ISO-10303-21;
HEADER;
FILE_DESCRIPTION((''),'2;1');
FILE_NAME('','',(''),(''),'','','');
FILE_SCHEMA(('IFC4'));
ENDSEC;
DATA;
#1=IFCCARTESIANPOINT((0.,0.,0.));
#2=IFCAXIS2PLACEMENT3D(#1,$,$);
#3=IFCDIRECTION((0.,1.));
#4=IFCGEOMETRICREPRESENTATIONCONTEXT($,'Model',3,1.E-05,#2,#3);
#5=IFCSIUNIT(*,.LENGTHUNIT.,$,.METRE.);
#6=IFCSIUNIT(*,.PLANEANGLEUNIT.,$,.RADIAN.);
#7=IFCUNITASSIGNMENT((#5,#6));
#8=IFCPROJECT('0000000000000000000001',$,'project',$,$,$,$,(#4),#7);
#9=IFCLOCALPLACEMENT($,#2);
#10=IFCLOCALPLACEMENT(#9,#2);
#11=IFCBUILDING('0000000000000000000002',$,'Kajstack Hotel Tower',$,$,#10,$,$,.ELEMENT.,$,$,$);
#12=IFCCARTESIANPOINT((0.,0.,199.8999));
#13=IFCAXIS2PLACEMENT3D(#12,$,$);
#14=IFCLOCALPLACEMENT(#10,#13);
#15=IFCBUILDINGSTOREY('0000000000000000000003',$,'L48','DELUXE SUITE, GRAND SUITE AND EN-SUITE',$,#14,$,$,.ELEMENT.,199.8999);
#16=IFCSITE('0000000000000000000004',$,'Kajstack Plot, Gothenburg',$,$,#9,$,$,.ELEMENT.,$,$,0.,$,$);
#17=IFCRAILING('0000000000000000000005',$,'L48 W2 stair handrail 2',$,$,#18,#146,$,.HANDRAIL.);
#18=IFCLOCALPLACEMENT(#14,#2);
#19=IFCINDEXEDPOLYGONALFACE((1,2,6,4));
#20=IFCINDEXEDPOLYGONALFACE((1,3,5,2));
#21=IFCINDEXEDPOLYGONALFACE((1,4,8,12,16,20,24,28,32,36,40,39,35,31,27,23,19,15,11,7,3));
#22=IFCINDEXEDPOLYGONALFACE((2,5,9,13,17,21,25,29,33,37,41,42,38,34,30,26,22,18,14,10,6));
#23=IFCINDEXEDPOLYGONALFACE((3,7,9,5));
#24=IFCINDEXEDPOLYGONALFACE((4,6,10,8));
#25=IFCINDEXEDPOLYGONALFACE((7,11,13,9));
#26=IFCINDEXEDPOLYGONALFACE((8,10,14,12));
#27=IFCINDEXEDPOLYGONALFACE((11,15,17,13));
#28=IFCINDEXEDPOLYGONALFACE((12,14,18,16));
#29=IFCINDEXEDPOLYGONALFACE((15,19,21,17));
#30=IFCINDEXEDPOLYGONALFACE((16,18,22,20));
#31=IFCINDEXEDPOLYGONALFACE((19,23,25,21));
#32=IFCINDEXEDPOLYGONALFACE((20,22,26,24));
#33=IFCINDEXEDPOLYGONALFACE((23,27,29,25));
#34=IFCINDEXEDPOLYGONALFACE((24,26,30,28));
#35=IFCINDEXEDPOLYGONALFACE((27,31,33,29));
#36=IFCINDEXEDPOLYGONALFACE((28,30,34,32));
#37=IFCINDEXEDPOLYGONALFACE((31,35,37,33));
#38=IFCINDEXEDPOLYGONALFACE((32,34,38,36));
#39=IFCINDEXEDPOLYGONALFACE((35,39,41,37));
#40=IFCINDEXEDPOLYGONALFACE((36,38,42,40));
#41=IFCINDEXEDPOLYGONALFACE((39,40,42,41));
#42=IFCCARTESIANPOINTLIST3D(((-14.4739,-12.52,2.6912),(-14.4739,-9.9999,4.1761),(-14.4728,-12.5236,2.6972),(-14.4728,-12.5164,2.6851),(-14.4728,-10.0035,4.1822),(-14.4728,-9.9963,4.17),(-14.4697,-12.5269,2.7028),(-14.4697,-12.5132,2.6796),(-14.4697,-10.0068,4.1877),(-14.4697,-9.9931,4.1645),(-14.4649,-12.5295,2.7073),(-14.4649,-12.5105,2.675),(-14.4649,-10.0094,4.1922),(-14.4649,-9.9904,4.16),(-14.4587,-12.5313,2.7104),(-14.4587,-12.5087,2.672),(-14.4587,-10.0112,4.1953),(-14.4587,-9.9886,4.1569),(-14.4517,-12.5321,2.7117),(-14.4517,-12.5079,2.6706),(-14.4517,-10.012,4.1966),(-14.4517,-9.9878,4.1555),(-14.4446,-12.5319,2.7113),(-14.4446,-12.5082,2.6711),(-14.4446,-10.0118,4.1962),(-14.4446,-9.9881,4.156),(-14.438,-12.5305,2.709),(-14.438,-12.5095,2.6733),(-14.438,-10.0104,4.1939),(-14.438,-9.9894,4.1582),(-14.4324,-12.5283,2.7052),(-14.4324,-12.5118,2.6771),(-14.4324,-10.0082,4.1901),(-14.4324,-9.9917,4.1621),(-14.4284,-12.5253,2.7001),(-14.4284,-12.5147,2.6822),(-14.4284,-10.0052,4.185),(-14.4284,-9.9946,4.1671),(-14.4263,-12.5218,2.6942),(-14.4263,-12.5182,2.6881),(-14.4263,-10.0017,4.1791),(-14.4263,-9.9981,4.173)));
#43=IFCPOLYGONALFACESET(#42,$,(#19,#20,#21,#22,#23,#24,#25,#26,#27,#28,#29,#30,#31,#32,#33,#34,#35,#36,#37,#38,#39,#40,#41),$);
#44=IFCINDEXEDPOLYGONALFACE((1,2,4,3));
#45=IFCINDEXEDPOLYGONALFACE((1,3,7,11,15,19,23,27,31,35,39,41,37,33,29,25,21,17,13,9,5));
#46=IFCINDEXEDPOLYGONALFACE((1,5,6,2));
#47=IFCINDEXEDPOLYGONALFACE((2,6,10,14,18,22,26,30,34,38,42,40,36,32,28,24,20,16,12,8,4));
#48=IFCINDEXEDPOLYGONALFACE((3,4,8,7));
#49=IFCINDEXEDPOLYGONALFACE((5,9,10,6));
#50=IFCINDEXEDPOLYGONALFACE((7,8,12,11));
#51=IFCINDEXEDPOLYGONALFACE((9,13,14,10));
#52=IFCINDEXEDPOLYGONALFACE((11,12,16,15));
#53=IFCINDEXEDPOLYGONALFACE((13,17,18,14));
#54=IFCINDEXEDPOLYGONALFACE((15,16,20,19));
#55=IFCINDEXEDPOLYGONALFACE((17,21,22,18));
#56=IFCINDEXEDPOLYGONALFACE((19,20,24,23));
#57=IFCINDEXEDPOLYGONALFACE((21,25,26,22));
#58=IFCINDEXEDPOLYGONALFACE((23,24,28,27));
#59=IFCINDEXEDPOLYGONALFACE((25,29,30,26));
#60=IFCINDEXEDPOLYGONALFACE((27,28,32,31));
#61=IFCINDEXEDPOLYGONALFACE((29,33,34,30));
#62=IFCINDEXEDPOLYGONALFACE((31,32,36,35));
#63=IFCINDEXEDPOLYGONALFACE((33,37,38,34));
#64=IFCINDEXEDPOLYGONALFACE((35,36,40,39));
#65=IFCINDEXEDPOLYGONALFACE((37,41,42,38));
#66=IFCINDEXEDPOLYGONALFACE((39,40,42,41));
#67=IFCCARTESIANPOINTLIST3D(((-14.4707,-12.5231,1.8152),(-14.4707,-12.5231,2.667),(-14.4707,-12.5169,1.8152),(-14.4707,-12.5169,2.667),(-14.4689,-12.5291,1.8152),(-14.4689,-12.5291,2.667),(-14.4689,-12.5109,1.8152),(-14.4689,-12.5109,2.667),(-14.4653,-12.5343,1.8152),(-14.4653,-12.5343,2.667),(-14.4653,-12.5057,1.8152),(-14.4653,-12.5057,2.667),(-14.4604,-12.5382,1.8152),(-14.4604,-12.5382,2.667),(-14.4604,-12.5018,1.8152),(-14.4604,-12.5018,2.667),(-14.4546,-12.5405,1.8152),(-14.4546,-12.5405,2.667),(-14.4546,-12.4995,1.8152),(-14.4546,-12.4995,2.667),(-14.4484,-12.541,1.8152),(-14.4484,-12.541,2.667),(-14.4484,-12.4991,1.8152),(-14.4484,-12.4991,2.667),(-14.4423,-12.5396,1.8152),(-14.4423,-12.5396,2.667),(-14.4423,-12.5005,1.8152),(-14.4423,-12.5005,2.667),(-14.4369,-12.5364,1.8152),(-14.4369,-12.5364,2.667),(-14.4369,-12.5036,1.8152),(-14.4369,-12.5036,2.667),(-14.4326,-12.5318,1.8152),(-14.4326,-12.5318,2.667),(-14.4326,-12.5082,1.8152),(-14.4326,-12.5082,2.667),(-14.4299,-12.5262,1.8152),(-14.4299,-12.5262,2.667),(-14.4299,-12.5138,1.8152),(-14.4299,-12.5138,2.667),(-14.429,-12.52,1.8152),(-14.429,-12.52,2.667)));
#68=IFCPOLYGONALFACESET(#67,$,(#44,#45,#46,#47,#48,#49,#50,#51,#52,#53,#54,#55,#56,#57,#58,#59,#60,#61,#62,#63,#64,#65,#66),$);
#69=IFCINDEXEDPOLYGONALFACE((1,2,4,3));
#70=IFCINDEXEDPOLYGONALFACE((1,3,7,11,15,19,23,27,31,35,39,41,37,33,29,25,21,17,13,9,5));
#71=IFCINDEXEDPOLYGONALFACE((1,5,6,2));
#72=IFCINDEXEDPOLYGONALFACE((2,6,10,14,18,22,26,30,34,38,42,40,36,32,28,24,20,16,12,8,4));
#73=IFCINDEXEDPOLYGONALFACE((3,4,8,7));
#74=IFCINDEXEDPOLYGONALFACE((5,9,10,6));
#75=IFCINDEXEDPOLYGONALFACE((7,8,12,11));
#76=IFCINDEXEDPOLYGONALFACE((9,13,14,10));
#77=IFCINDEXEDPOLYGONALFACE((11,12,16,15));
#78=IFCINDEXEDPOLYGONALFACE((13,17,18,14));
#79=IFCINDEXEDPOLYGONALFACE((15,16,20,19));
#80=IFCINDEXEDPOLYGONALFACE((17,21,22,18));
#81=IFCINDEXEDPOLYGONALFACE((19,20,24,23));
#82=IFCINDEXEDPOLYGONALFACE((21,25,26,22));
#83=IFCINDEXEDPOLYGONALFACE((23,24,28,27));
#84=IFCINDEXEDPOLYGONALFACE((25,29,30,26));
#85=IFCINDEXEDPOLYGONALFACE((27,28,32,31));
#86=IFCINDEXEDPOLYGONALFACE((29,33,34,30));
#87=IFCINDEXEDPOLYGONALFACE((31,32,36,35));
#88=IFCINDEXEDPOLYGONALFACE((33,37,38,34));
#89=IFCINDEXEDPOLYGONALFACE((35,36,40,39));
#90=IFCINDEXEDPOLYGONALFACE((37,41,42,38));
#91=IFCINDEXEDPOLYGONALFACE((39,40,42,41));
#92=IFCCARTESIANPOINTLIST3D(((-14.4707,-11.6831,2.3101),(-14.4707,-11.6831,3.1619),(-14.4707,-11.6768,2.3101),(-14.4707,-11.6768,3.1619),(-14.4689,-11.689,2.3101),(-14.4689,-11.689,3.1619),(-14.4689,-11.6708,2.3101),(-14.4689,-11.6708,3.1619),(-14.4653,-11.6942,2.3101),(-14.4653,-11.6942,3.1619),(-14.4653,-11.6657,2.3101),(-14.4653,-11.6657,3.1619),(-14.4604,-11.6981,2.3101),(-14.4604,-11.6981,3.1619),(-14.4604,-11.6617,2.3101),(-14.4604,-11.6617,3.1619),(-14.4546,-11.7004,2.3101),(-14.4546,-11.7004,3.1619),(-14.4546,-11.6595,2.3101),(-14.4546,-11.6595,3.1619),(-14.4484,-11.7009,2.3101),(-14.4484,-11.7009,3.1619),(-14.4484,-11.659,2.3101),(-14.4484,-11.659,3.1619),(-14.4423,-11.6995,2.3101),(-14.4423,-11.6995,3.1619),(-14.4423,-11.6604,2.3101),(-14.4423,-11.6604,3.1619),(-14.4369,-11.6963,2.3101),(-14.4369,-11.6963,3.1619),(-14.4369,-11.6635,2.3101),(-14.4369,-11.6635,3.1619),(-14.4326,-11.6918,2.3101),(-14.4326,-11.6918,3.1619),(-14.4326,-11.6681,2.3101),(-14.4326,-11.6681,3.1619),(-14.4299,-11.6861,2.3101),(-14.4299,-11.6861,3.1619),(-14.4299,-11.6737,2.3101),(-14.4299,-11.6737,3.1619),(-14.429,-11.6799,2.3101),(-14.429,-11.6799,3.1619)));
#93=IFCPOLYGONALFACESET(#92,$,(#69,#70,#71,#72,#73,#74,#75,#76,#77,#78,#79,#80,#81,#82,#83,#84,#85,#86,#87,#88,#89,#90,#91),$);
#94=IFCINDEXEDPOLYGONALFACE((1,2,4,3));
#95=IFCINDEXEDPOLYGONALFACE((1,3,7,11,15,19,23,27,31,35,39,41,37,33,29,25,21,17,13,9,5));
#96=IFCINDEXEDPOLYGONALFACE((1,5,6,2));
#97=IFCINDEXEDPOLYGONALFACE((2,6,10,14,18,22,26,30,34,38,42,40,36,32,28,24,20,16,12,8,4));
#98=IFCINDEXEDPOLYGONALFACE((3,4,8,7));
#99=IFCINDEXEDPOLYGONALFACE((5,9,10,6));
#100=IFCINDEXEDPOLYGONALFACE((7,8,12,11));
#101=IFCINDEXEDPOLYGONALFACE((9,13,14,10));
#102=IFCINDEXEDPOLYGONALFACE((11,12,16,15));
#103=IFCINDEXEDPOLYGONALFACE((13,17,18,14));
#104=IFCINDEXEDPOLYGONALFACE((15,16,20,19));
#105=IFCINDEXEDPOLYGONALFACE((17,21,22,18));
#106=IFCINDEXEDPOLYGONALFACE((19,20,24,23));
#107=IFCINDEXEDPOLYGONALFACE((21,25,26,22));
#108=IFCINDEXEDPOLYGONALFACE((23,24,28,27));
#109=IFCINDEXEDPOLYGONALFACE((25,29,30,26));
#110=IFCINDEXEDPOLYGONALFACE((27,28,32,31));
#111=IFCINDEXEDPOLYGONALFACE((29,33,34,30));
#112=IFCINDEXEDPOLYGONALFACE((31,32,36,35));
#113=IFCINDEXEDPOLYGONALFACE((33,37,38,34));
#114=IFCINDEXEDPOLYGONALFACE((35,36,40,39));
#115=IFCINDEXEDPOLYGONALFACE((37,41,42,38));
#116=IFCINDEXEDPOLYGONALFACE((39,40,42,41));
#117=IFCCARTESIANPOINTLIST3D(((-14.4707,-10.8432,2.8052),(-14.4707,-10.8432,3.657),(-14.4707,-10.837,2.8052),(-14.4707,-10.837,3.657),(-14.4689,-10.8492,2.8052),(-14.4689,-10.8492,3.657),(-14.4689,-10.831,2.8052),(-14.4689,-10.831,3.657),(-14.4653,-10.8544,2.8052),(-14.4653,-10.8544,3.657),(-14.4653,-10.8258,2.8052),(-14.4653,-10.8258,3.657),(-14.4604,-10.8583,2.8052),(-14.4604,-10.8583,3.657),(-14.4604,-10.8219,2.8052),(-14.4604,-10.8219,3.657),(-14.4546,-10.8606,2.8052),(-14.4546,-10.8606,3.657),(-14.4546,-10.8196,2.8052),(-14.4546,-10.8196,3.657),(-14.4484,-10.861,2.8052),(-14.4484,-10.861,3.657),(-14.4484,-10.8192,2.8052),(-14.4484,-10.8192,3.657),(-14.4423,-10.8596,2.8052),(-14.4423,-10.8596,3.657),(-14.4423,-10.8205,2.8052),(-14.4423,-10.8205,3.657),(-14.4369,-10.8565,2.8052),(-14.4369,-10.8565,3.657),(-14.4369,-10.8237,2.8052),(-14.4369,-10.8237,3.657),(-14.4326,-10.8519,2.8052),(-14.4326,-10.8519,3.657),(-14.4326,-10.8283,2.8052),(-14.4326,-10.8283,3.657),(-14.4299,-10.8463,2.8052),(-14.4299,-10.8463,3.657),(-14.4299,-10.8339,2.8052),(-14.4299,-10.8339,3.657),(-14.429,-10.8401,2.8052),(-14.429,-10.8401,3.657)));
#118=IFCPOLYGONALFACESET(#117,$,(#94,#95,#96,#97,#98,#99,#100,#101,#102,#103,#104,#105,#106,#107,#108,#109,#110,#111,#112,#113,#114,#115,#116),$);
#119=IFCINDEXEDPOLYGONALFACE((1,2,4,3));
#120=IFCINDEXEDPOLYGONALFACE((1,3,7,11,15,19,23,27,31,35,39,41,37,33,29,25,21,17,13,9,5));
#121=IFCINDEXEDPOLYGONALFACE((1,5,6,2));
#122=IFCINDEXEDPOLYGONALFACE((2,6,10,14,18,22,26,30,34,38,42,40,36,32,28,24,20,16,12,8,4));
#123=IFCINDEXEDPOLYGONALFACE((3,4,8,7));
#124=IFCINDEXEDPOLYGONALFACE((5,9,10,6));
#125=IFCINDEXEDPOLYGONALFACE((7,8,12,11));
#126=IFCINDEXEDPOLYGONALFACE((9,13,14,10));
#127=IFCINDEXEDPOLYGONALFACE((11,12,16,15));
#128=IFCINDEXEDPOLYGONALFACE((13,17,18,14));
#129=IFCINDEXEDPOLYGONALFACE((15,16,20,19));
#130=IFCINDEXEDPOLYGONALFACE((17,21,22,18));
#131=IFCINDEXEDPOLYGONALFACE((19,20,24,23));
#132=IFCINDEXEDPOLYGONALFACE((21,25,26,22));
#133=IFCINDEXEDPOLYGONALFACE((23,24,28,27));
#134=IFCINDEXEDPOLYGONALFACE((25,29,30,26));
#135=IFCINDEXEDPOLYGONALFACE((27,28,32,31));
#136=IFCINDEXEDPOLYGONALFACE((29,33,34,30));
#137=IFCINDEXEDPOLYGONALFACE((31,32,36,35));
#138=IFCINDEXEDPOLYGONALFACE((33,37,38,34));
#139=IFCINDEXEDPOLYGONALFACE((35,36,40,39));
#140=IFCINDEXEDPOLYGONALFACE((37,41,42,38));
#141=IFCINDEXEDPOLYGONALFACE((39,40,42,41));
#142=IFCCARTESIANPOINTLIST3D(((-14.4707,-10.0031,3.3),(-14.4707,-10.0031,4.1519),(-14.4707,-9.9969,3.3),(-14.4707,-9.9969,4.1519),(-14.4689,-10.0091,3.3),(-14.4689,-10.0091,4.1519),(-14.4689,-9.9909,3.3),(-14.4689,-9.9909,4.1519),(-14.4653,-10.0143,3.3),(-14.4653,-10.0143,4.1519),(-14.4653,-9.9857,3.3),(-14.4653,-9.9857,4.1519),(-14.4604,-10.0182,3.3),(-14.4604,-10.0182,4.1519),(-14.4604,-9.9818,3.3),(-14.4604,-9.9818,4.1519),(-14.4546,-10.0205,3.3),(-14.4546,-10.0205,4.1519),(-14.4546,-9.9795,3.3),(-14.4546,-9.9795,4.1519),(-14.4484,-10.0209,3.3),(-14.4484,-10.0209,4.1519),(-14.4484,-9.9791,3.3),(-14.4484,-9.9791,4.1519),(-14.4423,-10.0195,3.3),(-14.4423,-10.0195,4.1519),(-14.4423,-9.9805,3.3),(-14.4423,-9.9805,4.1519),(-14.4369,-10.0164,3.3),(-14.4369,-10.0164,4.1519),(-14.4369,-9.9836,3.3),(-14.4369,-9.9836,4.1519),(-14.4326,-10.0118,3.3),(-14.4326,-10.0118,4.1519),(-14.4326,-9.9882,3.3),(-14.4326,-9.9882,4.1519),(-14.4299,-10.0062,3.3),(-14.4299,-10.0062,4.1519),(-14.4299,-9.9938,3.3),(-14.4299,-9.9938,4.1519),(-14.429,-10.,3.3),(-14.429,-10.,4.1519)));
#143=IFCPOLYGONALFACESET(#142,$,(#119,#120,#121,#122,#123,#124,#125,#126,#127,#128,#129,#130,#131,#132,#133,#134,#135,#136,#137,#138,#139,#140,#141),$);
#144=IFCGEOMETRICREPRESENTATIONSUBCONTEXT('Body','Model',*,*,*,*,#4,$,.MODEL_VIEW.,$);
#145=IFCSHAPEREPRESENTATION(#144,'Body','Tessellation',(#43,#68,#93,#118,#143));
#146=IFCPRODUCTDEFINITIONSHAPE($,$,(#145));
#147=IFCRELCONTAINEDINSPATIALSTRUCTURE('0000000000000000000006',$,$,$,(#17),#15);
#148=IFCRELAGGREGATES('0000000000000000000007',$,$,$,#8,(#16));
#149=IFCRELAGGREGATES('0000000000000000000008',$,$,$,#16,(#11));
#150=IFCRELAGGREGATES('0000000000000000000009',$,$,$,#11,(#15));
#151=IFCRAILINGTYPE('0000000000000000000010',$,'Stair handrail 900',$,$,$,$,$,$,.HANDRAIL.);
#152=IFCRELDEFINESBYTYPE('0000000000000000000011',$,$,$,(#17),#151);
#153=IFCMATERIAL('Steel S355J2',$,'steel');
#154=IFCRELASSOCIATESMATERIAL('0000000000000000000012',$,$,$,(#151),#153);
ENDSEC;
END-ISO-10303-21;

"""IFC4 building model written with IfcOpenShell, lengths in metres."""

from ifc_helpers import new_model, si_unit, direction, frame, origin, origin_2d, place, context, subcontext, project, spatial, circle, extrude, material, type_object, element, save


model = new_model("IFC4")

# Units and contexts
model_context = context("Model", 3, precision=1e-05, world=origin(), true_north=direction((0.0, 1.0)))
body_context = subcontext(model_context, "Body", "Model", "MODEL_VIEW")
ifc_project = project(units=[si_unit("LENGTHUNIT", "METRE"), si_unit("PLANEANGLEUNIT", "RADIAN")], contexts=[model_context])

# Site, building, storey
site_placement = place(None, origin())
site = spatial("IfcSite", under=ifc_project, at=site_placement, Name="Kajstack Plot, Gothenburg", CompositionType="ELEMENT", RefElevation=0.0)
building_placement = place(site_placement, origin())
building = spatial("IfcBuilding", under=site, at=building_placement, Name="Kajstack Hotel Tower", CompositionType="ELEMENT")
storey_placement = place(building_placement, frame((0.0, 0.0, 199.8999)))
storey = spatial("IfcBuildingStorey", under=building, at=storey_placement, Name="L48", Description="DELUXE SUITE, GRAND SUITE AND EN-SUITE", CompositionType="ELEMENT", Elevation=199.8999)

# Railing
ifc_material_1 = material(Name="Steel S355J2", Category="steel")
railing_type = type_object("IfcRailingType", Name="Stair handrail 900", PredefinedType="HANDRAIL", material=ifc_material_1)
railing_placement = place(storey_placement, frame((-14.45, -12.52, 1.8152)))
element("IfcRailing", 1, at=railing_placement, inside=storey, type_object=railing_type, Name="L48 W2 stair handrail 2", PredefinedType="HANDRAIL", context=body_context, shape_type="SweptSolid", body=[
    extrude(circle(Radius=0.0239, at=origin_2d()), frame((0.0, 0.0, 0.876), z_axis=(0.0, 0.861561, 0.507655), x_axis=(-1.0, 0.0, 0.0)), (0.0, 0.0, 1.0), 2.925),
    extrude(circle(Radius=0.021, at=origin_2d()), origin(), (0.0, 0.0, 1.0), 0.8518),
    extrude(circle(Radius=0.021, at=origin_2d()), frame((0.0, 0.8401, 0.4949)), (0.0, 0.0, 1.0), 0.8518),
    extrude(circle(Radius=0.021, at=origin_2d()), frame((0.0, 1.6799, 0.99)), (0.0, 0.0, 1.0), 0.8518),
    extrude(circle(Radius=0.021, at=origin_2d()), frame((0.0, 2.52, 1.4849)), (0.0, 0.0, 1.0), 0.8518),
])

save(model, "model.ifc")
